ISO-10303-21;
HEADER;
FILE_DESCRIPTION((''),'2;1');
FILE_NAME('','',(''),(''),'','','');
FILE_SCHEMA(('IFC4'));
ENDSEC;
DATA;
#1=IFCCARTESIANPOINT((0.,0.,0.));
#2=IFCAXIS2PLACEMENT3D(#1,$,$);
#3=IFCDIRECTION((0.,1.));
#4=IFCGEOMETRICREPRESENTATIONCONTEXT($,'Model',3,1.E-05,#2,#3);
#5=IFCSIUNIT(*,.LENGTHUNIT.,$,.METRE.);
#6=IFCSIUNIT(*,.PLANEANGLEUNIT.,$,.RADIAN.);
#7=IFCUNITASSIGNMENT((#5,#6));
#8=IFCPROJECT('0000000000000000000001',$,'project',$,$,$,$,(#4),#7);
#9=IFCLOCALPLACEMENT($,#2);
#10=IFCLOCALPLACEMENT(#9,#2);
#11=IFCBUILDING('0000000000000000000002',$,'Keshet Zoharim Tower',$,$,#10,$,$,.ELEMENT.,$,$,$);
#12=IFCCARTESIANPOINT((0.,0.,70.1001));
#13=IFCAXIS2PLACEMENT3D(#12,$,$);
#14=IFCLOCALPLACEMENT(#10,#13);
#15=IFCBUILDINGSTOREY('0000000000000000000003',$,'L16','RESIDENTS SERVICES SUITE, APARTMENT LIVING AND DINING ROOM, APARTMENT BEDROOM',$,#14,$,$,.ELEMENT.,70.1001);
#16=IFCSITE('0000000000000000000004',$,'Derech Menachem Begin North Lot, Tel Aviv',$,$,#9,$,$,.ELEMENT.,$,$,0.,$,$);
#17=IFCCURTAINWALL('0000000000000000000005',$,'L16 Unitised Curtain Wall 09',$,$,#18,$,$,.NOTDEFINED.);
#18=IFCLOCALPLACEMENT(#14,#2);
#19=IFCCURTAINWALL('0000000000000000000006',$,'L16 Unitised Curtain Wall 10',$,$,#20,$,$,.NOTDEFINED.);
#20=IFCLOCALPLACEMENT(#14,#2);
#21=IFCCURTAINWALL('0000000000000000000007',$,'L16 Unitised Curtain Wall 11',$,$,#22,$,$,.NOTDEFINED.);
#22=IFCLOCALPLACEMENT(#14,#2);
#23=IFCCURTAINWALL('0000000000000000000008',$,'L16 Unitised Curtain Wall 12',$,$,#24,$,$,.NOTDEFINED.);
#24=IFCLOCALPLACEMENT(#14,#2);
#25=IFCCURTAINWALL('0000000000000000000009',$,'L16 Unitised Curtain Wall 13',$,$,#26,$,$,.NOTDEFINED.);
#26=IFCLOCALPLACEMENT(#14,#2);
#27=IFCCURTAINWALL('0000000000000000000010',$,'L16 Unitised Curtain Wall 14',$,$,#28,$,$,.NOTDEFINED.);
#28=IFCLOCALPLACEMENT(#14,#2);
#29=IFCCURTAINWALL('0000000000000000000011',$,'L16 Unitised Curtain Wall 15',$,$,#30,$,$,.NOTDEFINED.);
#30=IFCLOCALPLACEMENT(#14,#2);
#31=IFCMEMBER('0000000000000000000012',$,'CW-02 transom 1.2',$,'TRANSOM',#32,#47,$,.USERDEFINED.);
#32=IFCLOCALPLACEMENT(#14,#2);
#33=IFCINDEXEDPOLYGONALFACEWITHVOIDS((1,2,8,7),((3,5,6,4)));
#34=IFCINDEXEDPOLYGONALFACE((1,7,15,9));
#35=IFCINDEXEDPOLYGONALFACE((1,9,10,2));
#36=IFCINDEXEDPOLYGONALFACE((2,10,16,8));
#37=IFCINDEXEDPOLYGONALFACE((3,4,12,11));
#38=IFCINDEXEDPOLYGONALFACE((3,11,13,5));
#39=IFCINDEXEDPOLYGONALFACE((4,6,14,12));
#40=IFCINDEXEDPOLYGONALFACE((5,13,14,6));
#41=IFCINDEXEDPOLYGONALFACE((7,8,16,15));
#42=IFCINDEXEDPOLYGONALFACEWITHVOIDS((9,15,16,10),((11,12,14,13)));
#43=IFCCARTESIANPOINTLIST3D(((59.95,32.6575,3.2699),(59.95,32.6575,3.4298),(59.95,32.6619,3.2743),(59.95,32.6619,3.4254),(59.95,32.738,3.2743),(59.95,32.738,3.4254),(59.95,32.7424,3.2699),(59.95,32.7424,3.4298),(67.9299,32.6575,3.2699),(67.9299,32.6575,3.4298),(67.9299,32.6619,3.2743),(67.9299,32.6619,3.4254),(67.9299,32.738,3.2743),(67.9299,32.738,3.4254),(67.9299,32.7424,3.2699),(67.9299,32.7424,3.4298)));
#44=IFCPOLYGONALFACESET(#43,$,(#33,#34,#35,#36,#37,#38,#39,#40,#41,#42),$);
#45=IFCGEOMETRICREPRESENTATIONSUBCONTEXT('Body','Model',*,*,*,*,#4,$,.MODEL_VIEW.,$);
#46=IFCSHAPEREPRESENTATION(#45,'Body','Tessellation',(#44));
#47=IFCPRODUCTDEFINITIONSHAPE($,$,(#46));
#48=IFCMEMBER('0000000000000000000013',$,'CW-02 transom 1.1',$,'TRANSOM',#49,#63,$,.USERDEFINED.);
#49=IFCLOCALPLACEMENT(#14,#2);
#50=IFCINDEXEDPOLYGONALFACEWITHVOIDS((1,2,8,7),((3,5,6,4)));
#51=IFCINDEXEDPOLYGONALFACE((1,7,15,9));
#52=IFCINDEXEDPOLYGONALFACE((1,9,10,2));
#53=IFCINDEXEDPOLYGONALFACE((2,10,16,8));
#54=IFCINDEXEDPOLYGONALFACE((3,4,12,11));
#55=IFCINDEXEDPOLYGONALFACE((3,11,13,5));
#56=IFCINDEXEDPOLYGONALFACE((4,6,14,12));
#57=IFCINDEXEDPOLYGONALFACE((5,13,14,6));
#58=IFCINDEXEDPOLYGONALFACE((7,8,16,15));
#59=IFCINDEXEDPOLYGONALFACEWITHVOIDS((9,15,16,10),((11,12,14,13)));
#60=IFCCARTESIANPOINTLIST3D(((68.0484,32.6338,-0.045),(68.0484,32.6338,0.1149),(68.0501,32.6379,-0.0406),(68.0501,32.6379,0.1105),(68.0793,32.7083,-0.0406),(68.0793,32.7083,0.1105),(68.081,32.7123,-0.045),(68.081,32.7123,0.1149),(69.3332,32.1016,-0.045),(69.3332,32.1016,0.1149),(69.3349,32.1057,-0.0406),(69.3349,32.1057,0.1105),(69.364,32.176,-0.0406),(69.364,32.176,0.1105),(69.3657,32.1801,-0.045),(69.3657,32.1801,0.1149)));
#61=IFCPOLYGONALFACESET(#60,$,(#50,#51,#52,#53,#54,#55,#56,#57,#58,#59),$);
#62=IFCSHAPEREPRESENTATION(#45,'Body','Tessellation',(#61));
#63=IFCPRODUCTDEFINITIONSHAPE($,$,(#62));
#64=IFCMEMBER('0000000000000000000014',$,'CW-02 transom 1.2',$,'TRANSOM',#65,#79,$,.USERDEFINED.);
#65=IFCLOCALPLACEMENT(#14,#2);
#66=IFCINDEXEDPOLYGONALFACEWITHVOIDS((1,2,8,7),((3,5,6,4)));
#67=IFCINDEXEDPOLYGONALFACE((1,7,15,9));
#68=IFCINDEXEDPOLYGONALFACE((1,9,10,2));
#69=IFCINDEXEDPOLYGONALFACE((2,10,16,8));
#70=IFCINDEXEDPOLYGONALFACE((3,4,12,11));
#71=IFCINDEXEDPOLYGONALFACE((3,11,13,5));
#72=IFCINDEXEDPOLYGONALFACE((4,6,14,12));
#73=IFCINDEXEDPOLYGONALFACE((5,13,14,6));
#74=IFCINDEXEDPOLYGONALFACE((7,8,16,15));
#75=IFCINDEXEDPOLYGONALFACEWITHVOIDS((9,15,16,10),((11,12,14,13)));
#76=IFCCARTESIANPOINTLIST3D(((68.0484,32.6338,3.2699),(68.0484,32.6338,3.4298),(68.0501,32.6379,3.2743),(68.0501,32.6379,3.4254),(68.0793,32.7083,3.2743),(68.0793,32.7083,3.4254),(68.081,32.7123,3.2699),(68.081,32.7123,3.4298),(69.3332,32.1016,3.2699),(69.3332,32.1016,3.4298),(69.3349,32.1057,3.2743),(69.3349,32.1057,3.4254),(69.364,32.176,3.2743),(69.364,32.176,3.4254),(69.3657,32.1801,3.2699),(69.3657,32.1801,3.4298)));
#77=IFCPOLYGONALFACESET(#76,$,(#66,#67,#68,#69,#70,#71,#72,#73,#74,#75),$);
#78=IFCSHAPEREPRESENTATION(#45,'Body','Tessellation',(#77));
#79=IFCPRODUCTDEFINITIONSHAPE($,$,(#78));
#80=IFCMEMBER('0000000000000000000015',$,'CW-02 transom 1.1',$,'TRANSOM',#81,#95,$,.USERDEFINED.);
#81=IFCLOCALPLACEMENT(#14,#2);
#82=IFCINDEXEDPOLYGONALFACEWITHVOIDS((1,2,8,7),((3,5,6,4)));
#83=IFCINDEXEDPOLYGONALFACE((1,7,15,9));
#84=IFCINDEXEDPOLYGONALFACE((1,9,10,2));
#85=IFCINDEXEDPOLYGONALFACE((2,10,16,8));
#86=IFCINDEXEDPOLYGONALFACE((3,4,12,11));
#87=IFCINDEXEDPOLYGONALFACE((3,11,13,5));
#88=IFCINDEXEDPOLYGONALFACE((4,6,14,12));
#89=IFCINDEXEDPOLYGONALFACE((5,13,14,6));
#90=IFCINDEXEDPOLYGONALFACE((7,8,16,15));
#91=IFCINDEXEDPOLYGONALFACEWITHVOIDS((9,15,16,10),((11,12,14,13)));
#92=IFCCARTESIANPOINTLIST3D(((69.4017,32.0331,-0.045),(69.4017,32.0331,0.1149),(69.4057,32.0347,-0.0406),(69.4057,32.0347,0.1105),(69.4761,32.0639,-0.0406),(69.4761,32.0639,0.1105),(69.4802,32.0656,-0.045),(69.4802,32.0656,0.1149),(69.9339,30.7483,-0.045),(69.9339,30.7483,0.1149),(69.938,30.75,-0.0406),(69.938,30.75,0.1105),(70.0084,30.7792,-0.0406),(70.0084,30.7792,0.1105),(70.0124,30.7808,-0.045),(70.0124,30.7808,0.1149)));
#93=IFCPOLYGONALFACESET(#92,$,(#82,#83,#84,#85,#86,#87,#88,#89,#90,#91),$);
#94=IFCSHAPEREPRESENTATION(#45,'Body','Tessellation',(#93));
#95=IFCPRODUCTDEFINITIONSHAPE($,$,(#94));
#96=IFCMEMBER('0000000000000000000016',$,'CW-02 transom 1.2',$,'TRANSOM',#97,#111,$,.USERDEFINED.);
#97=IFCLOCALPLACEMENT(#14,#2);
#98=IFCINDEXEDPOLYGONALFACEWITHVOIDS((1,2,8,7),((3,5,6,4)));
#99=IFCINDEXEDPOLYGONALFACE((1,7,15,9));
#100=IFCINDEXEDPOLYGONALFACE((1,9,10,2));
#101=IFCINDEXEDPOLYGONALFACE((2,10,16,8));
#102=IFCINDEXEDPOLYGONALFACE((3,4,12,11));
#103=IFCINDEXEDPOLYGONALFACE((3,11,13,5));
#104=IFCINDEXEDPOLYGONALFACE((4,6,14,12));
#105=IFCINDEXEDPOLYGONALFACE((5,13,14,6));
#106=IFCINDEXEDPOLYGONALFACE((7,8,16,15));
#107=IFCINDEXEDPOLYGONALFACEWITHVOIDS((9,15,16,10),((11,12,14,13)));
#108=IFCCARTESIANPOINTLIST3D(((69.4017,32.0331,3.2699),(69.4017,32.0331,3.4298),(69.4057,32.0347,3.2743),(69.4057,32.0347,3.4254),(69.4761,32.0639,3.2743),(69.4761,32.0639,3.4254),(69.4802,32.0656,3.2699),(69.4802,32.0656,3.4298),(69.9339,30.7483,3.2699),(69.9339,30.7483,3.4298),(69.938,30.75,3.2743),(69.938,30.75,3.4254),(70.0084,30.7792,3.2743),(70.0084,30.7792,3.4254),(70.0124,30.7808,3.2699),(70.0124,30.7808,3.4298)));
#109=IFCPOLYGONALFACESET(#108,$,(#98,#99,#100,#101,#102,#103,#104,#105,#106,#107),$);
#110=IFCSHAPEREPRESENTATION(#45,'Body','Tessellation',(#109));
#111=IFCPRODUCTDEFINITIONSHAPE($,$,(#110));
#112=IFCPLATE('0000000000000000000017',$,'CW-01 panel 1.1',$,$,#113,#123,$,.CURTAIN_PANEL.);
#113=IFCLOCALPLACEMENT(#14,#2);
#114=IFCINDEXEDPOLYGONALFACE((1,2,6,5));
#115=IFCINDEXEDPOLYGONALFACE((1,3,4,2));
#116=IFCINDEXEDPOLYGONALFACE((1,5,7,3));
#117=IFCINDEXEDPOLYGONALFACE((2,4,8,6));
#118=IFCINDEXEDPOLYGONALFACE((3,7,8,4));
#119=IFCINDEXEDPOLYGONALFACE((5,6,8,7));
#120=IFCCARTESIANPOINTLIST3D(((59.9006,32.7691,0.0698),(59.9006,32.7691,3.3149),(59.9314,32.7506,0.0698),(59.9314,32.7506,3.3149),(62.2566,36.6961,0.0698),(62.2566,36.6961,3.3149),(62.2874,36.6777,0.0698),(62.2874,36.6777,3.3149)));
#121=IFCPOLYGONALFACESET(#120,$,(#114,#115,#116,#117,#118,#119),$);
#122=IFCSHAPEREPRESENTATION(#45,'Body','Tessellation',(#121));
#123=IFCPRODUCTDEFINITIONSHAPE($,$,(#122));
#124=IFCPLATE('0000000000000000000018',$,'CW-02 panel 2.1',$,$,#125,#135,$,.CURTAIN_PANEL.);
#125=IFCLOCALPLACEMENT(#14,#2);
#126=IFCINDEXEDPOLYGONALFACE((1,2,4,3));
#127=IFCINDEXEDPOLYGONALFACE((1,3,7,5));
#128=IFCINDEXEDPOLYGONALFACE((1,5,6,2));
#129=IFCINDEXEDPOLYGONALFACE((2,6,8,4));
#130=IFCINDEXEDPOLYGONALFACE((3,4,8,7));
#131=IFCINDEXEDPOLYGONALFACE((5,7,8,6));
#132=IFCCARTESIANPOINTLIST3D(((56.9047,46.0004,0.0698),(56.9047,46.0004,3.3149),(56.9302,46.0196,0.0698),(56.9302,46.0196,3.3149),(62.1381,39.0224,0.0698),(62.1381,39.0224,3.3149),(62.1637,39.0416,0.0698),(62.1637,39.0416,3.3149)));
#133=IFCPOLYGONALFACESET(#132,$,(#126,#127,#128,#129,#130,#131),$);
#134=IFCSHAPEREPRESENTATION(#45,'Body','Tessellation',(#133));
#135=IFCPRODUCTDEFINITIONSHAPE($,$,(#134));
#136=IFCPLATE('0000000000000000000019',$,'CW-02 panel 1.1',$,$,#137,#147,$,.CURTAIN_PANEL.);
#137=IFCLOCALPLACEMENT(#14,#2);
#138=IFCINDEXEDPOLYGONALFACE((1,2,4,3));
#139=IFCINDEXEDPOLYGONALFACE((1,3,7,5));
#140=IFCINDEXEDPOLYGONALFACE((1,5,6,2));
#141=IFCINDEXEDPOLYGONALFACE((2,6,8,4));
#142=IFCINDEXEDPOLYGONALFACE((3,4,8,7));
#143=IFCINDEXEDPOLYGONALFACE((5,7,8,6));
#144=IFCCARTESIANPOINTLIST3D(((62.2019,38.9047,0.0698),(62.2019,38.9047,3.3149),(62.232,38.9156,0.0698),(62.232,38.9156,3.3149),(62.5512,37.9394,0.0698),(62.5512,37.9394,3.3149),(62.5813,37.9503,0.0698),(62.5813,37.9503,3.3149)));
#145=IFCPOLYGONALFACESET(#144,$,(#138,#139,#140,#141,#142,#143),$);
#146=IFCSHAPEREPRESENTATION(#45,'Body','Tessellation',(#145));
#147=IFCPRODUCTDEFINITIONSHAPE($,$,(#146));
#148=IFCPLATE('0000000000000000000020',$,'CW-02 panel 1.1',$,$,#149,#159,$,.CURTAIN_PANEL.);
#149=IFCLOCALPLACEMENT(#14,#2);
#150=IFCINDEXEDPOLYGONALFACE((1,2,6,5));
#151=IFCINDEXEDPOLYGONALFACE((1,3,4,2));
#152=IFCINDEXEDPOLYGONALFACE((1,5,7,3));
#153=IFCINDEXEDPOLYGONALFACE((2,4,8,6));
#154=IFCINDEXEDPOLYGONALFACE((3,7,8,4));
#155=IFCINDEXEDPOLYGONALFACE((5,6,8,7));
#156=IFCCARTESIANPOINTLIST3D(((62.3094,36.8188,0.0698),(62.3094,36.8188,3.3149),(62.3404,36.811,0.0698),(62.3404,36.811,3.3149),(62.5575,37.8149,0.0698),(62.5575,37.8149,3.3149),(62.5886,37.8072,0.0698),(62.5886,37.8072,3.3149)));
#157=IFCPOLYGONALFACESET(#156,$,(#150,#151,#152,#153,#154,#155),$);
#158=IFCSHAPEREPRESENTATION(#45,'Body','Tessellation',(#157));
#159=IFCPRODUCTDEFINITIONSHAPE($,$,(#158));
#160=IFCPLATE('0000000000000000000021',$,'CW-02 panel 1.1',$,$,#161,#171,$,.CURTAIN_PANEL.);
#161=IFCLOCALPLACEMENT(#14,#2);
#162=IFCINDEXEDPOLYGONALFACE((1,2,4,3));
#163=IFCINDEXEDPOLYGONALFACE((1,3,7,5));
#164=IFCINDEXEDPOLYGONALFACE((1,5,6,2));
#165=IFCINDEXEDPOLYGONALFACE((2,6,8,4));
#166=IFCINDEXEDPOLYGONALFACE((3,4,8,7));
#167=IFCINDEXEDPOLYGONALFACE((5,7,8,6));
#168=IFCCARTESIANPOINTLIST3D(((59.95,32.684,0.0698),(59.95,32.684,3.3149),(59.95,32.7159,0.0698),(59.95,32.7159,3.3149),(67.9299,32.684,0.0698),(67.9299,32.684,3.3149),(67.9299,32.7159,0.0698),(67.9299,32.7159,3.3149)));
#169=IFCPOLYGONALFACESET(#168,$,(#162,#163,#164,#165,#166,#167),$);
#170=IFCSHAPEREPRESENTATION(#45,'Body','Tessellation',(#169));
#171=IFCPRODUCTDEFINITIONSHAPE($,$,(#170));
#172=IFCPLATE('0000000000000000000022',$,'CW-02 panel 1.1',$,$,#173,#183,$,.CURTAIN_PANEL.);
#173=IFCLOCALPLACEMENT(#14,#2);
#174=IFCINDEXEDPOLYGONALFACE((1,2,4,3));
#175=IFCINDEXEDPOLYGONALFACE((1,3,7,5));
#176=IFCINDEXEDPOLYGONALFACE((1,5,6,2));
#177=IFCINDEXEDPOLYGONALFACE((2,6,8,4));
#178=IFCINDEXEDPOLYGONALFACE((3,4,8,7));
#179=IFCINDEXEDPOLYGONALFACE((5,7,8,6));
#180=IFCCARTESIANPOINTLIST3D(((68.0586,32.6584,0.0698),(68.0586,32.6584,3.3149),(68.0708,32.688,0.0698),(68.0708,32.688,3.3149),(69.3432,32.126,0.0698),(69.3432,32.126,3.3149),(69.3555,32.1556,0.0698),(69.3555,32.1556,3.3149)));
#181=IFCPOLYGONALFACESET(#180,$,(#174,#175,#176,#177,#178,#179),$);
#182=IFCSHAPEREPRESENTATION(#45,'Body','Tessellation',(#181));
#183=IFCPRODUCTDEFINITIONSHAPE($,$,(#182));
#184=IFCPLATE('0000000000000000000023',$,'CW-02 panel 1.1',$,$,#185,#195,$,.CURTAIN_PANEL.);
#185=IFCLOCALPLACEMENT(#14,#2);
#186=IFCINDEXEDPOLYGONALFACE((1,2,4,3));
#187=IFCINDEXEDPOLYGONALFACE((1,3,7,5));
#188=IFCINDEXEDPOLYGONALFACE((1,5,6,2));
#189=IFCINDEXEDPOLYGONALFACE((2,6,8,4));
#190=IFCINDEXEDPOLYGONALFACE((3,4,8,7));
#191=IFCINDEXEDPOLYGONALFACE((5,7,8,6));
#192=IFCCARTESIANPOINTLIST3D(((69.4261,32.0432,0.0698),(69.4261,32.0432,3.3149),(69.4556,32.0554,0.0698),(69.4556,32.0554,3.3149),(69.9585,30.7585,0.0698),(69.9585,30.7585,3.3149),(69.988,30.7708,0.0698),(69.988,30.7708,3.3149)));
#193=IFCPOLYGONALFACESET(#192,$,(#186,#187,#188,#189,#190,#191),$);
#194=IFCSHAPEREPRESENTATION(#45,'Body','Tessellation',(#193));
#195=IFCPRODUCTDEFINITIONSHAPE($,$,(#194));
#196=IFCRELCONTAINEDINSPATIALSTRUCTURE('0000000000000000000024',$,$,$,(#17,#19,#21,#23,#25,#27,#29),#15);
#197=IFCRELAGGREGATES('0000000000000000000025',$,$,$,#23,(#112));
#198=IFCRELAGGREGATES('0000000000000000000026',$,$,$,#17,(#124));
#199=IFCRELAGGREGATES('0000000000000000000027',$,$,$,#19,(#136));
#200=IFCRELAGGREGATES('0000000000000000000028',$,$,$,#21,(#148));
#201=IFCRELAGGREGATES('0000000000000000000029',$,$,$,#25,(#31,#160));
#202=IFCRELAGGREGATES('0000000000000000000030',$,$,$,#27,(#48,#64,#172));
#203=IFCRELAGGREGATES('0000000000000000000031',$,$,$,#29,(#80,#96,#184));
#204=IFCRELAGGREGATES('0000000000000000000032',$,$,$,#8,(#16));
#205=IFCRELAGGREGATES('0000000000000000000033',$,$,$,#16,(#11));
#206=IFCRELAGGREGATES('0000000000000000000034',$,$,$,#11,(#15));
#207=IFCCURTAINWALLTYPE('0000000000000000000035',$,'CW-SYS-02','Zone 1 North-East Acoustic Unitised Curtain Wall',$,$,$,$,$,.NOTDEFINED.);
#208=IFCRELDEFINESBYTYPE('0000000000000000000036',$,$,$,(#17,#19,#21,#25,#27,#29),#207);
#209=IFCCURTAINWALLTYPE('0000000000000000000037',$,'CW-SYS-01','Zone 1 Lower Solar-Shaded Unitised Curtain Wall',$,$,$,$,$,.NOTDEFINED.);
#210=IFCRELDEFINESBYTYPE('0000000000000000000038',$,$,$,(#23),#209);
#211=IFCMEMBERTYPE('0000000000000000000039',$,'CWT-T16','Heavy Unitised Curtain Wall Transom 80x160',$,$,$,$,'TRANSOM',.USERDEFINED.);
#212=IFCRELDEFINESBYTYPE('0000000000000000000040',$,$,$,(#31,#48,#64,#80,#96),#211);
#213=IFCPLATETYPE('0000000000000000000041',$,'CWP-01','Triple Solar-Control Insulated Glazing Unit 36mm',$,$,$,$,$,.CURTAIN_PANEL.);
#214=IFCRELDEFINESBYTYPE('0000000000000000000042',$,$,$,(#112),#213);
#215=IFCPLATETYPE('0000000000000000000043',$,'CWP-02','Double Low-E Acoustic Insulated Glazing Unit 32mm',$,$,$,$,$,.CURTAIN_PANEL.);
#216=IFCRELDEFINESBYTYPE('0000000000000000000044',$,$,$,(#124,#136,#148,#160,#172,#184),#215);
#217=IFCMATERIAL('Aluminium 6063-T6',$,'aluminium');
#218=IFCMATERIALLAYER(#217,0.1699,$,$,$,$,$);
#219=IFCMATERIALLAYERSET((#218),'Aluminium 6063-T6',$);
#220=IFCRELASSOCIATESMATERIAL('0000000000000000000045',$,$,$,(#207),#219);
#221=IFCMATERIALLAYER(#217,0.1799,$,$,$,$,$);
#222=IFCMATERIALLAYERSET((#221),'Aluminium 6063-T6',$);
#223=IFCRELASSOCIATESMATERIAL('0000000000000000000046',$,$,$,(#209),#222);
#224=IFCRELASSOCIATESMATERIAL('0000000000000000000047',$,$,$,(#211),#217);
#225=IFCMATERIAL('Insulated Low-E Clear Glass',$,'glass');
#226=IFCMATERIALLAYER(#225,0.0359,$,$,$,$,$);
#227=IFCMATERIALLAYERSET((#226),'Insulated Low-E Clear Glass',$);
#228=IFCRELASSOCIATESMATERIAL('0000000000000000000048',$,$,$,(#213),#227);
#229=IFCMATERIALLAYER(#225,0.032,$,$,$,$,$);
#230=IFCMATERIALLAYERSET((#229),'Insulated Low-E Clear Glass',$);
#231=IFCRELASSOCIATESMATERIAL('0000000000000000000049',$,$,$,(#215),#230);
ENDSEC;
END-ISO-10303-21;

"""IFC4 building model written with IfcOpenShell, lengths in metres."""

from ifc_helpers import new_model, si_unit, direction, frame, origin, origin_2d, place, context, subcontext, project, spatial, rectangle, hollow_rectangle, extrude, material, layer, layer_set, material_profile, profile_set, type_object, element, aggregate, save


model = new_model("IFC4")

# Units and contexts
model_context = context("Model", 3, precision=1e-05, world=origin(), true_north=direction((0.0, 1.0)))
body_context = subcontext(model_context, "Body", "Model", "MODEL_VIEW")
ifc_project = project(units=[si_unit("LENGTHUNIT", "METRE"), si_unit("PLANEANGLEUNIT", "RADIAN")], contexts=[model_context])

# Site, building, storey
site_placement = place(None, origin())
site = spatial("IfcSite", under=ifc_project, at=site_placement, Name="Derech Menachem Begin North Lot, Tel Aviv", CompositionType="ELEMENT", RefElevation=0.0)
building_placement = place(site_placement, origin())
building = spatial("IfcBuilding", under=site, at=building_placement, Name="Keshet Zoharim Tower", CompositionType="ELEMENT")
storey_placement = place(building_placement, frame((0.0, 0.0, 70.1001)))
storey = spatial("IfcBuildingStorey", under=building, at=storey_placement, Name="L16", Description="RESIDENTS SERVICES SUITE, APARTMENT LIVING AND DINING ROOM, APARTMENT BEDROOM", CompositionType="ELEMENT", Elevation=70.1001)

# Curtain wall
ifc_material_1 = material(Name="Aluminium 6063-T6", Category="aluminium")
ifc_layer_1 = layer(ifc_material_1, 0.1699)
ifc_layer_set_1 = layer_set([ifc_layer_1], Name="Aluminium 6063-T6")
curtain_wall_type_1 = type_object("IfcCurtainWallType", Name="CW-SYS-02", Description="Zone 1 North-East Acoustic Unitised Curtain Wall", PredefinedType="NOTDEFINED", material=ifc_layer_set_1)
curtain_wall_1_placement = place(storey_placement, origin())
curtain_wall_1 = element("IfcCurtainWall", 1, at=curtain_wall_1_placement, inside=storey, type_object=curtain_wall_type_1, Name="L16 Unitised Curtain Wall 09", PredefinedType="NOTDEFINED")

# Curtain walls
curtain_wall_2_placement = place(storey_placement, origin())
curtain_wall_2 = element("IfcCurtainWall", 2, at=curtain_wall_2_placement, inside=storey, type_object=curtain_wall_type_1, Name="L16 Unitised Curtain Wall 10", PredefinedType="NOTDEFINED")
curtain_wall_3_placement = place(storey_placement, origin())
curtain_wall_3 = element("IfcCurtainWall", 3, at=curtain_wall_3_placement, inside=storey, type_object=curtain_wall_type_1, Name="L16 Unitised Curtain Wall 11", PredefinedType="NOTDEFINED")
ifc_layer_2 = layer(ifc_material_1, 0.1799)
ifc_layer_set_2 = layer_set([ifc_layer_2], Name="Aluminium 6063-T6")
curtain_wall_type_2 = type_object("IfcCurtainWallType", Name="CW-SYS-01", Description="Zone 1 Lower Solar-Shaded Unitised Curtain Wall", PredefinedType="NOTDEFINED", material=ifc_layer_set_2)
curtain_wall_4_placement = place(storey_placement, origin())
curtain_wall_4 = element("IfcCurtainWall", 4, at=curtain_wall_4_placement, inside=storey, type_object=curtain_wall_type_2, Name="L16 Unitised Curtain Wall 12", PredefinedType="NOTDEFINED")
curtain_wall_5_placement = place(storey_placement, origin())
curtain_wall_5 = element("IfcCurtainWall", 5, at=curtain_wall_5_placement, inside=storey, type_object=curtain_wall_type_1, Name="L16 Unitised Curtain Wall 13", PredefinedType="NOTDEFINED")
curtain_wall_6_placement = place(storey_placement, origin())
curtain_wall_6 = element("IfcCurtainWall", 6, at=curtain_wall_6_placement, inside=storey, type_object=curtain_wall_type_1, Name="L16 Unitised Curtain Wall 14", PredefinedType="NOTDEFINED")

# Curtain wall
curtain_wall_7_placement = place(storey_placement, origin())
curtain_wall_7 = element("IfcCurtainWall", 7, at=curtain_wall_7_placement, inside=storey, type_object=curtain_wall_type_1, Name="L16 Unitised Curtain Wall 15", PredefinedType="NOTDEFINED")

# Members
ifc_material_profile_1 = material_profile(ifc_material_1, hollow_rectangle(XDim=0.085, YDim=0.1599, WallThickness=0.0044, at=origin_2d()), Name="TRN-85x160")
ifc_profile_set_1 = profile_set([ifc_material_profile_1], Name="Aluminium 6063-T6")
member_type_1 = type_object("IfcMemberType", Name="CWT-T16", Description="Heavy Unitised Curtain Wall Transom 80x160", ElementType="TRANSOM", PredefinedType="USERDEFINED", material=ifc_profile_set_1)
member_1_placement = place(storey_placement, frame((59.95, 32.7, 3.3499), z_axis=(1.0, 0.0, 0.0), x_axis=(0.0, 1.0, 0.0)))
member_1 = element("IfcMember", 8, at=member_1_placement, type_object=member_type_1, Name="CW-02 transom 1.2", ObjectType="TRANSOM", PredefinedType="USERDEFINED", context=body_context, shape_type="SweptSolid", body=[
    extrude(hollow_rectangle(XDim=0.085, YDim=0.1599, WallThickness=0.0044, at=origin_2d()), origin(), (0.0, 0.0, 1.0), 7.98),
])
member_2_placement = place(storey_placement, frame((68.0647, 32.6731, 0.0349), z_axis=(0.923854, -0.382745, 0.0), x_axis=(0.382745, 0.923854, 0.0)))
member_2 = element("IfcMember", 9, at=member_2_placement, type_object=member_type_1, Name="CW-02 transom 1.1", ObjectType="TRANSOM", PredefinedType="USERDEFINED", context=body_context, shape_type="SweptSolid", body=[
    extrude(hollow_rectangle(XDim=0.085, YDim=0.1599, WallThickness=0.0044, at=origin_2d()), origin(), (0.0, 0.0, 1.0), 1.3906),
])
member_3_placement = place(storey_placement, frame((68.0647, 32.6731, 3.3499), z_axis=(0.923854, -0.382745, 0.0), x_axis=(0.382745, 0.923854, 0.0)))
member_3 = element("IfcMember", 10, at=member_3_placement, type_object=member_type_1, Name="CW-02 transom 1.2", ObjectType="TRANSOM", PredefinedType="USERDEFINED", context=body_context, shape_type="SweptSolid", body=[
    extrude(hollow_rectangle(XDim=0.085, YDim=0.1599, WallThickness=0.0044, at=origin_2d()), origin(), (0.0, 0.0, 1.0), 1.3906),
])
member_4_placement = place(storey_placement, frame((69.4409, 32.0493, 0.0349), z_axis=(0.382745, -0.923854, 0.0), x_axis=(0.923854, 0.382745, 0.0)))
member_4 = element("IfcMember", 11, at=member_4_placement, type_object=member_type_1, Name="CW-02 transom 1.1", ObjectType="TRANSOM", PredefinedType="USERDEFINED", context=body_context, shape_type="SweptSolid", body=[
    extrude(hollow_rectangle(XDim=0.085, YDim=0.1599, WallThickness=0.0044, at=origin_2d()), origin(), (0.0, 0.0, 1.0), 1.3906),
])
member_5_placement = place(storey_placement, frame((69.4409, 32.0493, 3.3499), z_axis=(0.382745, -0.923854, 0.0), x_axis=(0.923854, 0.382745, 0.0)))
member_5 = element("IfcMember", 12, at=member_5_placement, type_object=member_type_1, Name="CW-02 transom 1.2", ObjectType="TRANSOM", PredefinedType="USERDEFINED", context=body_context, shape_type="SweptSolid", body=[
    extrude(hollow_rectangle(XDim=0.085, YDim=0.1599, WallThickness=0.0044, at=origin_2d()), origin(), (0.0, 0.0, 1.0), 1.3906),
])

# Plates
ifc_material_2 = material(Name="Insulated Low-E Clear Glass", Category="glass")
ifc_layer_3 = layer(ifc_material_2, 0.0359)
ifc_layer_set_3 = layer_set([ifc_layer_3], Name="Insulated Low-E Clear Glass")
plate_type_1 = type_object("IfcPlateType", Name="CWP-01", Description="Triple Solar-Control Insulated Glazing Unit 36mm", PredefinedType="CURTAIN_PANEL", material=ifc_layer_set_3)
plate_1_placement = place(storey_placement, frame((61.094, 34.7234, 0.0698), z_axis=(0.0, 0.0, 1.0), x_axis=(-0.514465, -0.857512, 0.0)))
plate_1 = element("IfcPlate", 13, at=plate_1_placement, type_object=plate_type_1, Name="CW-01 panel 1.1", PredefinedType="CURTAIN_PANEL", context=body_context, shape_type="SweptSolid", body=[
    extrude(rectangle(XDim=4.5796, YDim=0.0359, at=origin_2d()), origin(), (0.0, 0.0, 1.0), 3.2451),
])
aggregate(curtain_wall_4, [plate_1])
ifc_layer_4 = layer(ifc_material_2, 0.032)
ifc_layer_set_4 = layer_set([ifc_layer_4], Name="Insulated Low-E Clear Glass")
plate_type_2 = type_object("IfcPlateType", Name="CWP-02", Description="Double Low-E Acoustic Insulated Glazing Unit 32mm", PredefinedType="CURTAIN_PANEL", material=ifc_layer_set_4)
plate_2_placement = place(storey_placement, frame((59.5342, 42.521, 0.0698), z_axis=(0.0, 0.0, 1.0), x_axis=(0.6, -0.8, 0.0)))
plate_2 = element("IfcPlate", 14, at=plate_2_placement, type_object=plate_type_2, Name="CW-02 panel 2.1", PredefinedType="CURTAIN_PANEL", context=body_context, shape_type="SweptSolid", body=[
    extrude(rectangle(XDim=8.7224, YDim=0.032, at=origin_2d()), origin(), (0.0, 0.0, 1.0), 3.2451),
])
aggregate(curtain_wall_1, [plate_2])
plate_3_placement = place(storey_placement, frame((62.3916, 38.4275, 0.0698), z_axis=(0.0, 0.0, 1.0), x_axis=(0.340297, -0.940318, 0.0)))
plate_3 = element("IfcPlate", 15, at=plate_3_placement, type_object=plate_type_2, Name="CW-02 panel 1.1", PredefinedType="CURTAIN_PANEL", context=body_context, shape_type="SweptSolid", body=[
    extrude(rectangle(XDim=1.0266, YDim=0.032, at=origin_2d()), origin(), (0.0, 0.0, 1.0), 3.2451),
])
aggregate(curtain_wall_2, [plate_3])
plate_4_placement = place(storey_placement, frame((62.449, 37.313, 0.0698), z_axis=(0.0, 0.0, 1.0), x_axis=(-0.241729, -0.970344, 0.0)))
plate_4 = element("IfcPlate", 16, at=plate_4_placement, type_object=plate_type_2, Name="CW-02 panel 1.1", PredefinedType="CURTAIN_PANEL", context=body_context, shape_type="SweptSolid", body=[
    extrude(rectangle(XDim=1.0266, YDim=0.032, at=origin_2d()), origin(), (0.0, 0.0, 1.0), 3.2451),
])
aggregate(curtain_wall_3, [plate_4])
plate_5_placement = place(storey_placement, frame((63.9399, 32.7, 0.0698), z_axis=(0.0, 0.0, 1.0), x_axis=(1.0, 0.0, 0.0)))
plate_5 = element("IfcPlate", 17, at=plate_5_placement, type_object=plate_type_2, Name="CW-02 panel 1.1", PredefinedType="CURTAIN_PANEL", context=body_context, shape_type="SweptSolid", body=[
    extrude(rectangle(XDim=7.98, YDim=0.032, at=origin_2d()), origin(), (0.0, 0.0, 1.0), 3.2451),
])
aggregate(curtain_wall_5, [member_1, plate_5])
plate_6_placement = place(storey_placement, frame((68.707, 32.407, 0.0698), z_axis=(0.0, 0.0, 1.0), x_axis=(0.92381, -0.382852, 0.0)))
plate_6 = element("IfcPlate", 18, at=plate_6_placement, type_object=plate_type_2, Name="CW-02 panel 1.1", PredefinedType="CURTAIN_PANEL", context=body_context, shape_type="SweptSolid", body=[
    extrude(rectangle(XDim=1.3906, YDim=0.032, at=origin_2d()), origin(), (0.0, 0.0, 1.0), 3.2451),
])
aggregate(curtain_wall_6, [member_2, member_3, plate_6])
plate_7_placement = place(storey_placement, frame((69.707, 31.407, 0.0698), z_axis=(0.0, 0.0, 1.0), x_axis=(0.382852, -0.92381, 0.0)))
plate_7 = element("IfcPlate", 19, at=plate_7_placement, type_object=plate_type_2, Name="CW-02 panel 1.1", PredefinedType="CURTAIN_PANEL", context=body_context, shape_type="SweptSolid", body=[
    extrude(rectangle(XDim=1.3906, YDim=0.032, at=origin_2d()), origin(), (0.0, 0.0, 1.0), 3.2451),
])
aggregate(curtain_wall_7, [member_4, member_5, plate_7])

save(model, "model.ifc")
